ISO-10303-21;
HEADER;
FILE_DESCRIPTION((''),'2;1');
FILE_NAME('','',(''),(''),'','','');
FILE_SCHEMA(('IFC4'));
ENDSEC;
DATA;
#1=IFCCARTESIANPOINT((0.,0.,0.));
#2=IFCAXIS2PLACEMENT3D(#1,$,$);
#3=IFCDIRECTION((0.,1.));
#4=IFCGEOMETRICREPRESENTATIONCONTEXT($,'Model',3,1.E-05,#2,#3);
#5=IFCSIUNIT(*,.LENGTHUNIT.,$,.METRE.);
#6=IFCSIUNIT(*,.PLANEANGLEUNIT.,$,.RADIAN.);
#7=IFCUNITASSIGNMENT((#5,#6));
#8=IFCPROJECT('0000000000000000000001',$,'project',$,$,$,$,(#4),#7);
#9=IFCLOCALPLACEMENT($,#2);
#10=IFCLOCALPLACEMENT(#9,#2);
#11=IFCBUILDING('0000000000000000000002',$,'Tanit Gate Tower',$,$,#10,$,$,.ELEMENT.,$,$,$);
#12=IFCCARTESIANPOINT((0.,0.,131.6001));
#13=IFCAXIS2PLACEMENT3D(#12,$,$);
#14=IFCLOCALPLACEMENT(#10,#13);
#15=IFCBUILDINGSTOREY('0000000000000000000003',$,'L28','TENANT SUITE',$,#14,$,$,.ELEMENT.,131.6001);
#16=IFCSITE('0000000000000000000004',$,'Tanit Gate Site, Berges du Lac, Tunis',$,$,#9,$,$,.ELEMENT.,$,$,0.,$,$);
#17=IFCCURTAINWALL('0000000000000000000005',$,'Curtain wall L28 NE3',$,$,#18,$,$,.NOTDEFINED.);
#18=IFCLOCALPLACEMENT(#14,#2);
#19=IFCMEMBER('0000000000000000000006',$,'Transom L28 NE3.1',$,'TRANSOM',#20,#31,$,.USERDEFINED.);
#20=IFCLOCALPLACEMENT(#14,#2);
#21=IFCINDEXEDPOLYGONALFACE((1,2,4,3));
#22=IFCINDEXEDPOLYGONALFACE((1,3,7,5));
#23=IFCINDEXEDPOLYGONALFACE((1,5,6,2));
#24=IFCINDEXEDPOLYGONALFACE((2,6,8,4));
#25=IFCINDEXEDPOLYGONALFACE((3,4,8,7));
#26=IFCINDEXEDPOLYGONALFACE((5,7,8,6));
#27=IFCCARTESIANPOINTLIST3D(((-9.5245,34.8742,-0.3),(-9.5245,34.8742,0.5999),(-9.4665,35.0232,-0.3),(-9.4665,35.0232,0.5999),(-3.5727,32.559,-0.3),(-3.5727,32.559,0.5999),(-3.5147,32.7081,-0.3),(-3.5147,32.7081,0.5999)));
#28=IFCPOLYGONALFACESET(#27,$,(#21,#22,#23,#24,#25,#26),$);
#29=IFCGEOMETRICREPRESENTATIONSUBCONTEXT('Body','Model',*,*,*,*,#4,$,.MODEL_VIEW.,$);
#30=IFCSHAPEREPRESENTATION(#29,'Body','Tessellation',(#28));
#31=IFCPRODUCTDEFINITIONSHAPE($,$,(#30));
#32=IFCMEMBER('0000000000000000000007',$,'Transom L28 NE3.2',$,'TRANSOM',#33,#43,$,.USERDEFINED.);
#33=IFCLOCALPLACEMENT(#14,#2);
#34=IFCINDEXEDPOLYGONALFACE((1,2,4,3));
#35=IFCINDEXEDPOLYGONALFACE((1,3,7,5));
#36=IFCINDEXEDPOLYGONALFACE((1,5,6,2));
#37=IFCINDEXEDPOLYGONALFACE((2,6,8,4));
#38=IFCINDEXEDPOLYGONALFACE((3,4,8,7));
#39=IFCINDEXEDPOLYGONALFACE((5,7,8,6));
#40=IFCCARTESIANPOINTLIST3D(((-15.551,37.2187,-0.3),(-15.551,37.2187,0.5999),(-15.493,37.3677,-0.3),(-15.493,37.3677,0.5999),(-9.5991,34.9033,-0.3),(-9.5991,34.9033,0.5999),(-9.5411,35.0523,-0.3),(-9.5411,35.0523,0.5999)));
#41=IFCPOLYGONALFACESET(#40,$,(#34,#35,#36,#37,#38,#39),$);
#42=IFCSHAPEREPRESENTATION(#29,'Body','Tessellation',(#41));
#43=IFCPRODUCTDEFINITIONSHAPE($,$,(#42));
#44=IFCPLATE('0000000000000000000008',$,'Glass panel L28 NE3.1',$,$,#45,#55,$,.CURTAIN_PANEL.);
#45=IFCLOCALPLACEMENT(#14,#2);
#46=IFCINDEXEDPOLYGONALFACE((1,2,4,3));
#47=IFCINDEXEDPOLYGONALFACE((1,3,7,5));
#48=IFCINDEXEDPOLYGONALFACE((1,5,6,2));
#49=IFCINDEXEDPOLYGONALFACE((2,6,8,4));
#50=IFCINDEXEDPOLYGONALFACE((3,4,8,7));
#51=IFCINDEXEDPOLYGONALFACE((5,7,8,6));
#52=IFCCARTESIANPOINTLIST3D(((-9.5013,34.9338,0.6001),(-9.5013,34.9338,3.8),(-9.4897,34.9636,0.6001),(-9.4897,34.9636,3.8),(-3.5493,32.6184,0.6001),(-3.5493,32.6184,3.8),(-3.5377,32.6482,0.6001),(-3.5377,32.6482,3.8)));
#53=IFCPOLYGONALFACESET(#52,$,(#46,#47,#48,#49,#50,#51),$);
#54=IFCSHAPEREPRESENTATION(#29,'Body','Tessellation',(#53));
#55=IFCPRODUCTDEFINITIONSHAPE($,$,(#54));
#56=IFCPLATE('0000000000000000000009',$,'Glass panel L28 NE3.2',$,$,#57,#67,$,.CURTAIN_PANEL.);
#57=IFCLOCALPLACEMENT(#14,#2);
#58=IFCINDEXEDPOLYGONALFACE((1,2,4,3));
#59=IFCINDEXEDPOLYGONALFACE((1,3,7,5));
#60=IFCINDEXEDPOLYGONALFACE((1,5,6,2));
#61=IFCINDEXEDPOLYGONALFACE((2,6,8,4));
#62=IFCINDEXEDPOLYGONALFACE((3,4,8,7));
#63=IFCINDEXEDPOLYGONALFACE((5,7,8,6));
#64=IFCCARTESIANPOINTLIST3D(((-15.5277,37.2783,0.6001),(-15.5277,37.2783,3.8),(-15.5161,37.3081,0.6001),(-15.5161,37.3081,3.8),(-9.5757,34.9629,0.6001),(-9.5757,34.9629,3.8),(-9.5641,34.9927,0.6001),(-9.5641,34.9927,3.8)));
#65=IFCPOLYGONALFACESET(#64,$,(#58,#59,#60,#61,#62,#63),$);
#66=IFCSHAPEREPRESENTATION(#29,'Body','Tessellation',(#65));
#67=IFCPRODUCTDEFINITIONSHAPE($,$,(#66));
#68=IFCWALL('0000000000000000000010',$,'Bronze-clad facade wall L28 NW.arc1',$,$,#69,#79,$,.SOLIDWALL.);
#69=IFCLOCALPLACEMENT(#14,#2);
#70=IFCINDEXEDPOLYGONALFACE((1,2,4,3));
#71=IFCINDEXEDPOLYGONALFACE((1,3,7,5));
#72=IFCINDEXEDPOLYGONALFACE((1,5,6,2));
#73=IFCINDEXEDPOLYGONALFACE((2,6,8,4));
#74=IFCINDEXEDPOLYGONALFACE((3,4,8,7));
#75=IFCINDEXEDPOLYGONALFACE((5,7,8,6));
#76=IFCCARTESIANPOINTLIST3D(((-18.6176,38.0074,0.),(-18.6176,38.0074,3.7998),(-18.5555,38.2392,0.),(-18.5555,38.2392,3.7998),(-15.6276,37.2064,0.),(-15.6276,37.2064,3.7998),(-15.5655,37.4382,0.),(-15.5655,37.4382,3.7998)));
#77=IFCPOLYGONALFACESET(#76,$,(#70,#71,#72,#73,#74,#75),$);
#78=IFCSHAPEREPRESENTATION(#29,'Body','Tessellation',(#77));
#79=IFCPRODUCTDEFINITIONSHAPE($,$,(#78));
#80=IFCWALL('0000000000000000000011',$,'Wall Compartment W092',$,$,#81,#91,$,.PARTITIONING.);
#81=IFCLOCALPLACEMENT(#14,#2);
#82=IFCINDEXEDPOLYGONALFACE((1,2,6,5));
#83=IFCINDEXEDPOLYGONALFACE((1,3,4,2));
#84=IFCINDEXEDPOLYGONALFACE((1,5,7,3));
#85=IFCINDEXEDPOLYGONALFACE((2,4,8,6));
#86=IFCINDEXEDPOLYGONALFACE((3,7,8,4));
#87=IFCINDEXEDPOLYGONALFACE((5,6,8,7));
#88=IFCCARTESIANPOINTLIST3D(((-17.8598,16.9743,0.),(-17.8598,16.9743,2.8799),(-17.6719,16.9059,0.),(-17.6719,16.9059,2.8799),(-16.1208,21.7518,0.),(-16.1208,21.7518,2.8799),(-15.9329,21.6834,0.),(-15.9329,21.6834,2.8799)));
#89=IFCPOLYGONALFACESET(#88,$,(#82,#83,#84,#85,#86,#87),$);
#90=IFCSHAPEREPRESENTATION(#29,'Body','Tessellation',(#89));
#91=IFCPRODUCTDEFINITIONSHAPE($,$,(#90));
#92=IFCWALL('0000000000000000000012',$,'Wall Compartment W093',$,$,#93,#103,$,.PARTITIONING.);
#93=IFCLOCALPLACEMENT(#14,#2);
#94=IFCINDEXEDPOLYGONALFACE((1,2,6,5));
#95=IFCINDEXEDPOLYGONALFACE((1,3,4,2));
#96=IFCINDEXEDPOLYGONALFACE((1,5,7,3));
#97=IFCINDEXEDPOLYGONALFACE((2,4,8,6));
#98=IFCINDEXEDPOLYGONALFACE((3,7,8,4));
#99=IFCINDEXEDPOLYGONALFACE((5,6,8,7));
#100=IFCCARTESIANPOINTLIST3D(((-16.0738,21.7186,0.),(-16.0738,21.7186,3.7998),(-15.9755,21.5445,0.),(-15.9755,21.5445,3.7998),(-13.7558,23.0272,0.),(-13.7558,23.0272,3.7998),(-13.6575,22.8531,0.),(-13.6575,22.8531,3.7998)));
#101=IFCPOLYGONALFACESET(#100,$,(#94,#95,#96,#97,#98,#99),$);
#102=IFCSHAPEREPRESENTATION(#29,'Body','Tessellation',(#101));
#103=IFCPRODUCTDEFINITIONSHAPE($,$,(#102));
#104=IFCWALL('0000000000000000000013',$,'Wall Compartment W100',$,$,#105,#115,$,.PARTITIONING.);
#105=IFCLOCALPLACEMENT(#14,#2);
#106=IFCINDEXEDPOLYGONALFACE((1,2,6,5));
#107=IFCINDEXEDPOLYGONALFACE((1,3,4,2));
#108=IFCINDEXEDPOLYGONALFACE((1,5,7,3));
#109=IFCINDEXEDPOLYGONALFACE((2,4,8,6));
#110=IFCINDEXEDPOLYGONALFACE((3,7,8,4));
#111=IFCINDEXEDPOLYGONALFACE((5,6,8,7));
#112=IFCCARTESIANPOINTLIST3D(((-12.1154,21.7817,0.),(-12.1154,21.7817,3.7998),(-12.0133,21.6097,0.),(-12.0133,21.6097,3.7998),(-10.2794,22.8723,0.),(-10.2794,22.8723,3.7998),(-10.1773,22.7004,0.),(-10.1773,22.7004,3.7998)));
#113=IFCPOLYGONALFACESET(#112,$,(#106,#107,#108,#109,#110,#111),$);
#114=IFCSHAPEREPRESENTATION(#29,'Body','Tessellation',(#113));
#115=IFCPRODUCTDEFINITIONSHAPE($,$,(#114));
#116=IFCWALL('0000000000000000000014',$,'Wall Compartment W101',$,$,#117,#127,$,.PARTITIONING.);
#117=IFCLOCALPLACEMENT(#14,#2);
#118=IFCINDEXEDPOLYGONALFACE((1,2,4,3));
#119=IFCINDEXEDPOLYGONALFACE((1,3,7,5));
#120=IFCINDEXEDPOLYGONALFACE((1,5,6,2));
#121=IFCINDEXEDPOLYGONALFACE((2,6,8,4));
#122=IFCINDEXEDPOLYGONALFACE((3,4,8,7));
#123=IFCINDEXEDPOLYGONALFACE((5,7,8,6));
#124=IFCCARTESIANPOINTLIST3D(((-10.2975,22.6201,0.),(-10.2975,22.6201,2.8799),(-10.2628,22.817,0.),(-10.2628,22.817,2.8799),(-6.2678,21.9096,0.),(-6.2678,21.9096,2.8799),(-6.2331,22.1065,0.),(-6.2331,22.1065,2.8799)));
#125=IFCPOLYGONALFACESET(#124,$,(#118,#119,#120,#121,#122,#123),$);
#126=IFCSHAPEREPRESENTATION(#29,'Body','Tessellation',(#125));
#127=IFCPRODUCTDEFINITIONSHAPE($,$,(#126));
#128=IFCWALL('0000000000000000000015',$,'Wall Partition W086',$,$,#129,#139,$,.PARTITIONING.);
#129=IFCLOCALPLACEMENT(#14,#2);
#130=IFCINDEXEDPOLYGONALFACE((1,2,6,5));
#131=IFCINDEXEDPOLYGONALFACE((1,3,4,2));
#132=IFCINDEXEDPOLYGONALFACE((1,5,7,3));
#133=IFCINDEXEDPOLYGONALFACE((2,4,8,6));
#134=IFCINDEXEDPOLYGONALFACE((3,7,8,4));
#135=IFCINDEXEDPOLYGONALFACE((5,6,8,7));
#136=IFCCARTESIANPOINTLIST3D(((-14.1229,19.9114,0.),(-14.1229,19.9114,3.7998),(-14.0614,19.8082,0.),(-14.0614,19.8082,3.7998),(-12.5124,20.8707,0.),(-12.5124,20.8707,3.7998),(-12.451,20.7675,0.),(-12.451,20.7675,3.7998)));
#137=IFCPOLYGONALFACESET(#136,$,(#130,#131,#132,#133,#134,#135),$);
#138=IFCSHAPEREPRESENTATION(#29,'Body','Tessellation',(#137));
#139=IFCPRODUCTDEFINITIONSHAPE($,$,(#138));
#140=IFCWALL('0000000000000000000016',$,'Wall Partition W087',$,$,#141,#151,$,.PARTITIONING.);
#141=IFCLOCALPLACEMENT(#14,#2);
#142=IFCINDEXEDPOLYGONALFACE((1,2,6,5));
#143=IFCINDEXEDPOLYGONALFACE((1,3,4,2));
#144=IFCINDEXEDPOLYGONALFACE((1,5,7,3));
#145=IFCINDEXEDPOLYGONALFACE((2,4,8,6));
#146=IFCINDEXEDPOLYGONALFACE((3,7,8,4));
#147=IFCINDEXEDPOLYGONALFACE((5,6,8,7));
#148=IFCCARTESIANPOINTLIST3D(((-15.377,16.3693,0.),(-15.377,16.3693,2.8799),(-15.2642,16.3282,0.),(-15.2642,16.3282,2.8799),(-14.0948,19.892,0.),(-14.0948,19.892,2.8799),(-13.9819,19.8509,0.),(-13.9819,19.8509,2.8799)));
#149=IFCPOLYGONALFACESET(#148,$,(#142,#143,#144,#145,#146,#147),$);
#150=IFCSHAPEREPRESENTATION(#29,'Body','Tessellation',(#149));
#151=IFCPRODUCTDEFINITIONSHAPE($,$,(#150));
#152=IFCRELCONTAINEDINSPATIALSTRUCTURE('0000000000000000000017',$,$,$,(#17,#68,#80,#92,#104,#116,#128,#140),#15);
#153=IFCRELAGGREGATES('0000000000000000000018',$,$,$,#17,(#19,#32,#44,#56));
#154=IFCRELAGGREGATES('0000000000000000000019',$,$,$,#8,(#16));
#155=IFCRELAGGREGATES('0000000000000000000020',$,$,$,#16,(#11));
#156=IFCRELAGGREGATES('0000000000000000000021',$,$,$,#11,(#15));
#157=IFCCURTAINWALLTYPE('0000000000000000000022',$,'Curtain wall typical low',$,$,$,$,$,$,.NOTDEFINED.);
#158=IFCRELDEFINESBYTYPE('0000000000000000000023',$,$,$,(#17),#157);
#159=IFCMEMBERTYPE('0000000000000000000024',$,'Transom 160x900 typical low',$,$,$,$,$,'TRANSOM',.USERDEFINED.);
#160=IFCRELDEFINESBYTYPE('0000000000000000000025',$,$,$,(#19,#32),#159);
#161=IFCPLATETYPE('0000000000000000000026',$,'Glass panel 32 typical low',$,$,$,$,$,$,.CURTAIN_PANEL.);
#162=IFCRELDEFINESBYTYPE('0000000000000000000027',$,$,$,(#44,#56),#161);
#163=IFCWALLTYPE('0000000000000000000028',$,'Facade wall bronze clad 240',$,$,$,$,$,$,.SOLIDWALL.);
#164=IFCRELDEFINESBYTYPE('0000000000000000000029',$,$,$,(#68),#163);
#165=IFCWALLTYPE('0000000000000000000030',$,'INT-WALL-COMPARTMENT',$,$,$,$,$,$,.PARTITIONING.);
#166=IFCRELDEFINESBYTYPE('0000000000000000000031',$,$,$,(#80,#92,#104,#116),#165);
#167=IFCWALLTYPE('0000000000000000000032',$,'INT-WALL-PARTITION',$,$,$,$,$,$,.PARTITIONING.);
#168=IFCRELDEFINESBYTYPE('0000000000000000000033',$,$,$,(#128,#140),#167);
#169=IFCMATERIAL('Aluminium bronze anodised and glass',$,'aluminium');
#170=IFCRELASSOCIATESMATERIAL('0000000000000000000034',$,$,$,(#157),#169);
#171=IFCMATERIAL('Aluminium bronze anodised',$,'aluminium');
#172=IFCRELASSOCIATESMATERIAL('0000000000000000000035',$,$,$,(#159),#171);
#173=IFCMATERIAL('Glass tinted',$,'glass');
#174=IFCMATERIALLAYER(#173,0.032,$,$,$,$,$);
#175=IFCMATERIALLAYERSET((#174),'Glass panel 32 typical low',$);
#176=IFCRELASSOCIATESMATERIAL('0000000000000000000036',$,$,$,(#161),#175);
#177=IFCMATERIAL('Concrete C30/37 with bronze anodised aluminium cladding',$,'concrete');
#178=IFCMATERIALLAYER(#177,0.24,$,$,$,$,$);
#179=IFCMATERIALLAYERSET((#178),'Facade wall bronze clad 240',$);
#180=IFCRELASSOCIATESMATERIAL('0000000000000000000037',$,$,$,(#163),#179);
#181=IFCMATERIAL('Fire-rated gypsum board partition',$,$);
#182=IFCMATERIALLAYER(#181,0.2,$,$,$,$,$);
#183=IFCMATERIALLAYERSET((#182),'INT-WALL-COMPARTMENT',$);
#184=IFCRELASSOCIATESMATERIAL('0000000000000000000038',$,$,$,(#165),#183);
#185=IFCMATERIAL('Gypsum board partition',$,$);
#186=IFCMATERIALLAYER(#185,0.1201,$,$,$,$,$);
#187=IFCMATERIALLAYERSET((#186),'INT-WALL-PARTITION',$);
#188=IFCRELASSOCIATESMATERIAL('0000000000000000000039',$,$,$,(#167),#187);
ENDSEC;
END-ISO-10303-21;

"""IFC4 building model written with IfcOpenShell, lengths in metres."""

from ifc_helpers import new_model, si_unit, direction, frame, frame_2d, origin, origin_2d, place, context, subcontext, project, spatial, rectangle, extrude, material, layer, layer_set, material_profile, profile_set, type_object, element, aggregate, save


model = new_model("IFC4")

# Units and contexts
model_context = context("Model", 3, precision=1e-05, world=origin(), true_north=direction((0.0, 1.0)))
body_context = subcontext(model_context, "Body", "Model", "MODEL_VIEW")
ifc_project = project(units=[si_unit("LENGTHUNIT", "METRE"), si_unit("PLANEANGLEUNIT", "RADIAN")], contexts=[model_context])

# Site, building, storey
site_placement = place(None, origin())
site = spatial("IfcSite", under=ifc_project, at=site_placement, Name="Tanit Gate Site, Berges du Lac, Tunis", CompositionType="ELEMENT", RefElevation=0.0)
building_placement = place(site_placement, origin())
building = spatial("IfcBuilding", under=site, at=building_placement, Name="Tanit Gate Tower", CompositionType="ELEMENT")
storey_placement = place(building_placement, frame((0.0, 0.0, 131.6001)))
storey = spatial("IfcBuildingStorey", under=building, at=storey_placement, Name="L28", Description="TENANT SUITE", CompositionType="ELEMENT", Elevation=131.6001)

# Curtain wall
ifc_material_1 = material(Name="Aluminium bronze anodised and glass", Category="aluminium")
curtain_wall_type = type_object("IfcCurtainWallType", Name="Curtain wall typical low", PredefinedType="NOTDEFINED", material=ifc_material_1)
curtain_wall_1_placement = place(storey_placement, origin())
curtain_wall_1 = element("IfcCurtainWall", 1, at=curtain_wall_1_placement, inside=storey, type_object=curtain_wall_type, Name="Curtain wall L28 NE3", PredefinedType="NOTDEFINED")

# Members
ifc_material_2 = material(Name="Aluminium bronze anodised", Category="aluminium")
ifc_material_profile_1 = material_profile(ifc_material_2, rectangle(XDim=0.1599, YDim=0.8999, at=origin_2d()), Name="160x900 bronze transom")
ifc_profile_set_1 = profile_set([ifc_material_profile_1], Name="Aluminium bronze anodised")
member_type_1 = type_object("IfcMemberType", Name="Transom 160x900 typical low", ElementType="TRANSOM", PredefinedType="USERDEFINED", material=ifc_profile_set_1)
member_1_placement = place(storey_placement, frame((-3.5437, 32.6335, 0.1499), z_axis=(-0.931975, 0.362522, 0.0), x_axis=(-0.362522, -0.931975, 0.0)))
member_1 = element("IfcMember", 2, at=member_1_placement, type_object=member_type_1, Name="Transom L28 NE3.1", ObjectType="TRANSOM", PredefinedType="USERDEFINED", context=body_context, shape_type="SweptSolid", body=[
    extrude(rectangle(XDim=0.1599, YDim=0.8999, at=origin_2d()), origin(), (0.0, 0.0, 1.0), 6.3862),
])
member_2_placement = place(storey_placement, frame((-9.5701, 34.9778, 0.1499), z_axis=(-0.931962, 0.362555, 0.0), x_axis=(-0.362555, -0.931962, 0.0)))
member_2 = element("IfcMember", 3, at=member_2_placement, type_object=member_type_1, Name="Transom L28 NE3.2", ObjectType="TRANSOM", PredefinedType="USERDEFINED", context=body_context, shape_type="SweptSolid", body=[
    extrude(rectangle(XDim=0.1599, YDim=0.8999, at=origin_2d()), origin(), (0.0, 0.0, 1.0), 6.3865),
])

# Plates
ifc_material_3 = material(Name="Glass tinted", Category="glass")
ifc_layer_1 = layer(ifc_material_3, 0.032)
ifc_layer_set_1 = layer_set([ifc_layer_1], Name="Glass panel 32 typical low")
plate_type = type_object("IfcPlateType", Name="Glass panel 32 typical low", PredefinedType="CURTAIN_PANEL", material=ifc_layer_set_1)
plate_1_placement = place(storey_placement, frame((-6.5195, 33.791, 0.6001), z_axis=(0.0, 0.0, 1.0), x_axis=(-0.931965, 0.362547, 0.0)))
plate_1 = element("IfcPlate", 4, at=plate_1_placement, type_object=plate_type, Name="Glass panel L28 NE3.1", PredefinedType="CURTAIN_PANEL", context=body_context, shape_type="SweptSolid", body=[
    extrude(rectangle(XDim=6.3865, YDim=0.032, at=origin_2d()), origin(), (0.0, 0.0, 1.0), 3.2),
])
plate_2_placement = place(storey_placement, frame((-12.5459, 36.1355, 0.6001), z_axis=(0.0, 0.0, 1.0), x_axis=(-0.931965, 0.362547, 0.0)))
plate_2 = element("IfcPlate", 5, at=plate_2_placement, type_object=plate_type, Name="Glass panel L28 NE3.2", PredefinedType="CURTAIN_PANEL", context=body_context, shape_type="SweptSolid", body=[
    extrude(rectangle(XDim=6.3865, YDim=0.032, at=origin_2d()), origin(), (0.0, 0.0, 1.0), 3.2),
])
aggregate(curtain_wall_1, [member_1, member_2, plate_1, plate_2])

# Walls
ifc_material_4 = material(Name="Concrete C30/37 with bronze anodised aluminium cladding", Category="concrete")
ifc_layer_2 = layer(ifc_material_4, 0.24)
ifc_layer_set_2 = layer_set([ifc_layer_2], Name="Facade wall bronze clad 240")
wall_type_1 = type_object("IfcWallType", Name="Facade wall bronze clad 240", PredefinedType="SOLIDWALL", material=ifc_layer_set_2)
wall_1_placement = place(storey_placement, frame((-15.5964, 37.3223, 0.0), z_axis=(0.0, 0.0, 1.0), x_axis=(-0.965937, 0.258777, 0.0)))
element("IfcWall", 6, at=wall_1_placement, inside=storey, type_object=wall_type_1, Name="Bronze-clad facade wall L28 NW.arc1", PredefinedType="SOLIDWALL", context=body_context, shape_type="SweptSolid", body=[
    extrude(rectangle(XDim=3.0955, YDim=0.24, at=frame_2d((1.5479, 0.0))), origin(), (0.0, 0.0, 1.0), 3.7998),
])
ifc_material_5 = material(Name="Fire-rated gypsum board partition")
ifc_layer_3 = layer(ifc_material_5, 0.2)
ifc_layer_set_3 = layer_set([ifc_layer_3], Name="INT-WALL-COMPARTMENT")
wall_type_2 = type_object("IfcWallType", Name="INT-WALL-COMPARTMENT", PredefinedType="PARTITIONING", material=ifc_layer_set_3)
wall_2_placement = place(storey_placement, frame((-16.0269, 21.7175, 0.0), z_axis=(0.0, 0.0, 1.0), x_axis=(-0.34204, -0.939685, 0.0)))
element("IfcWall", 7, at=wall_2_placement, inside=storey, type_object=wall_type_2, Name="Wall Compartment W092", PredefinedType="PARTITIONING", context=body_context, shape_type="SweptSolid", body=[
    extrude(rectangle(XDim=5.0842, YDim=0.2, at=frame_2d((2.542, 0.0))), origin(), (0.0, 0.0, 1.0), 2.8799),
])
wall_3_placement = place(storey_placement, frame((-13.7065, 22.9402, 0.0), z_axis=(0.0, 0.0, 1.0), x_axis=(-0.870827, -0.491589, 0.0)))
element("IfcWall", 8, at=wall_3_placement, inside=storey, type_object=wall_type_2, Name="Wall Compartment W093", PredefinedType="PARTITIONING", context=body_context, shape_type="SweptSolid", body=[
    extrude(rectangle(XDim=2.6619, YDim=0.2, at=frame_2d((1.3311, 0.0))), origin(), (0.0, 0.0, 1.0), 3.7998),
])
wall_4_placement = place(storey_placement, frame((-10.2283, 22.7864, 0.0), z_axis=(0.0, 0.0, 1.0), x_axis=(-0.859754, -0.510708, 0.0)))
element("IfcWall", 9, at=wall_4_placement, inside=storey, type_object=wall_type_2, Name="Wall Compartment W100", PredefinedType="PARTITIONING", context=body_context, shape_type="SweptSolid", body=[
    extrude(rectangle(XDim=2.1355, YDim=0.2, at=frame_2d((1.0679, 0.0))), origin(), (0.0, 0.0, 1.0), 3.7998),
])
wall_5_placement = place(storey_placement, frame((-6.2505, 22.0081, 0.0), z_axis=(0.0, 0.0, 1.0), x_axis=(-0.984811, 0.173632, 0.0)))
element("IfcWall", 10, at=wall_5_placement, inside=storey, type_object=wall_type_2, Name="Wall Compartment W101", PredefinedType="PARTITIONING", context=body_context, shape_type="SweptSolid", body=[
    extrude(rectangle(XDim=4.0918, YDim=0.2, at=frame_2d((2.0459, 0.0))), origin(), (0.0, 0.0, 1.0), 2.8799),
])
ifc_material_6 = material(Name="Gypsum board partition")
ifc_layer_4 = layer(ifc_material_6, 0.1201)
ifc_layer_set_4 = layer_set([ifc_layer_4], Name="INT-WALL-PARTITION")
wall_type_3 = type_object("IfcWallType", Name="INT-WALL-PARTITION", PredefinedType="PARTITIONING", material=ifc_layer_set_4)
wall_6_placement = place(storey_placement, frame((-12.4817, 20.8191, 0.0), z_axis=(0.0, 0.0, 1.0), x_axis=(-0.859132, -0.511754, 0.0)))
element("IfcWall", 11, at=wall_6_placement, inside=storey, type_object=wall_type_3, Name="Wall Partition W086", PredefinedType="PARTITIONING", context=body_context, shape_type="SweptSolid", body=[
    extrude(rectangle(XDim=1.8745, YDim=0.1201, at=frame_2d((0.9373, 0.0))), origin(), (0.0, 0.0, 1.0), 3.7998),
])
wall_7_placement = place(storey_placement, frame((-14.0383, 19.8716, 0.0), z_axis=(0.0, 0.0, 1.0), x_axis=(-0.342036, -0.939687, 0.0)))
element("IfcWall", 12, at=wall_7_placement, inside=storey, type_object=wall_type_3, Name="Wall Partition W087", PredefinedType="PARTITIONING", context=body_context, shape_type="SweptSolid", body=[
    extrude(rectangle(XDim=3.7488, YDim=0.1201, at=frame_2d((1.8745, 0.0))), origin(), (0.0, 0.0, 1.0), 2.8799),
])

save(model, "model.ifc")
